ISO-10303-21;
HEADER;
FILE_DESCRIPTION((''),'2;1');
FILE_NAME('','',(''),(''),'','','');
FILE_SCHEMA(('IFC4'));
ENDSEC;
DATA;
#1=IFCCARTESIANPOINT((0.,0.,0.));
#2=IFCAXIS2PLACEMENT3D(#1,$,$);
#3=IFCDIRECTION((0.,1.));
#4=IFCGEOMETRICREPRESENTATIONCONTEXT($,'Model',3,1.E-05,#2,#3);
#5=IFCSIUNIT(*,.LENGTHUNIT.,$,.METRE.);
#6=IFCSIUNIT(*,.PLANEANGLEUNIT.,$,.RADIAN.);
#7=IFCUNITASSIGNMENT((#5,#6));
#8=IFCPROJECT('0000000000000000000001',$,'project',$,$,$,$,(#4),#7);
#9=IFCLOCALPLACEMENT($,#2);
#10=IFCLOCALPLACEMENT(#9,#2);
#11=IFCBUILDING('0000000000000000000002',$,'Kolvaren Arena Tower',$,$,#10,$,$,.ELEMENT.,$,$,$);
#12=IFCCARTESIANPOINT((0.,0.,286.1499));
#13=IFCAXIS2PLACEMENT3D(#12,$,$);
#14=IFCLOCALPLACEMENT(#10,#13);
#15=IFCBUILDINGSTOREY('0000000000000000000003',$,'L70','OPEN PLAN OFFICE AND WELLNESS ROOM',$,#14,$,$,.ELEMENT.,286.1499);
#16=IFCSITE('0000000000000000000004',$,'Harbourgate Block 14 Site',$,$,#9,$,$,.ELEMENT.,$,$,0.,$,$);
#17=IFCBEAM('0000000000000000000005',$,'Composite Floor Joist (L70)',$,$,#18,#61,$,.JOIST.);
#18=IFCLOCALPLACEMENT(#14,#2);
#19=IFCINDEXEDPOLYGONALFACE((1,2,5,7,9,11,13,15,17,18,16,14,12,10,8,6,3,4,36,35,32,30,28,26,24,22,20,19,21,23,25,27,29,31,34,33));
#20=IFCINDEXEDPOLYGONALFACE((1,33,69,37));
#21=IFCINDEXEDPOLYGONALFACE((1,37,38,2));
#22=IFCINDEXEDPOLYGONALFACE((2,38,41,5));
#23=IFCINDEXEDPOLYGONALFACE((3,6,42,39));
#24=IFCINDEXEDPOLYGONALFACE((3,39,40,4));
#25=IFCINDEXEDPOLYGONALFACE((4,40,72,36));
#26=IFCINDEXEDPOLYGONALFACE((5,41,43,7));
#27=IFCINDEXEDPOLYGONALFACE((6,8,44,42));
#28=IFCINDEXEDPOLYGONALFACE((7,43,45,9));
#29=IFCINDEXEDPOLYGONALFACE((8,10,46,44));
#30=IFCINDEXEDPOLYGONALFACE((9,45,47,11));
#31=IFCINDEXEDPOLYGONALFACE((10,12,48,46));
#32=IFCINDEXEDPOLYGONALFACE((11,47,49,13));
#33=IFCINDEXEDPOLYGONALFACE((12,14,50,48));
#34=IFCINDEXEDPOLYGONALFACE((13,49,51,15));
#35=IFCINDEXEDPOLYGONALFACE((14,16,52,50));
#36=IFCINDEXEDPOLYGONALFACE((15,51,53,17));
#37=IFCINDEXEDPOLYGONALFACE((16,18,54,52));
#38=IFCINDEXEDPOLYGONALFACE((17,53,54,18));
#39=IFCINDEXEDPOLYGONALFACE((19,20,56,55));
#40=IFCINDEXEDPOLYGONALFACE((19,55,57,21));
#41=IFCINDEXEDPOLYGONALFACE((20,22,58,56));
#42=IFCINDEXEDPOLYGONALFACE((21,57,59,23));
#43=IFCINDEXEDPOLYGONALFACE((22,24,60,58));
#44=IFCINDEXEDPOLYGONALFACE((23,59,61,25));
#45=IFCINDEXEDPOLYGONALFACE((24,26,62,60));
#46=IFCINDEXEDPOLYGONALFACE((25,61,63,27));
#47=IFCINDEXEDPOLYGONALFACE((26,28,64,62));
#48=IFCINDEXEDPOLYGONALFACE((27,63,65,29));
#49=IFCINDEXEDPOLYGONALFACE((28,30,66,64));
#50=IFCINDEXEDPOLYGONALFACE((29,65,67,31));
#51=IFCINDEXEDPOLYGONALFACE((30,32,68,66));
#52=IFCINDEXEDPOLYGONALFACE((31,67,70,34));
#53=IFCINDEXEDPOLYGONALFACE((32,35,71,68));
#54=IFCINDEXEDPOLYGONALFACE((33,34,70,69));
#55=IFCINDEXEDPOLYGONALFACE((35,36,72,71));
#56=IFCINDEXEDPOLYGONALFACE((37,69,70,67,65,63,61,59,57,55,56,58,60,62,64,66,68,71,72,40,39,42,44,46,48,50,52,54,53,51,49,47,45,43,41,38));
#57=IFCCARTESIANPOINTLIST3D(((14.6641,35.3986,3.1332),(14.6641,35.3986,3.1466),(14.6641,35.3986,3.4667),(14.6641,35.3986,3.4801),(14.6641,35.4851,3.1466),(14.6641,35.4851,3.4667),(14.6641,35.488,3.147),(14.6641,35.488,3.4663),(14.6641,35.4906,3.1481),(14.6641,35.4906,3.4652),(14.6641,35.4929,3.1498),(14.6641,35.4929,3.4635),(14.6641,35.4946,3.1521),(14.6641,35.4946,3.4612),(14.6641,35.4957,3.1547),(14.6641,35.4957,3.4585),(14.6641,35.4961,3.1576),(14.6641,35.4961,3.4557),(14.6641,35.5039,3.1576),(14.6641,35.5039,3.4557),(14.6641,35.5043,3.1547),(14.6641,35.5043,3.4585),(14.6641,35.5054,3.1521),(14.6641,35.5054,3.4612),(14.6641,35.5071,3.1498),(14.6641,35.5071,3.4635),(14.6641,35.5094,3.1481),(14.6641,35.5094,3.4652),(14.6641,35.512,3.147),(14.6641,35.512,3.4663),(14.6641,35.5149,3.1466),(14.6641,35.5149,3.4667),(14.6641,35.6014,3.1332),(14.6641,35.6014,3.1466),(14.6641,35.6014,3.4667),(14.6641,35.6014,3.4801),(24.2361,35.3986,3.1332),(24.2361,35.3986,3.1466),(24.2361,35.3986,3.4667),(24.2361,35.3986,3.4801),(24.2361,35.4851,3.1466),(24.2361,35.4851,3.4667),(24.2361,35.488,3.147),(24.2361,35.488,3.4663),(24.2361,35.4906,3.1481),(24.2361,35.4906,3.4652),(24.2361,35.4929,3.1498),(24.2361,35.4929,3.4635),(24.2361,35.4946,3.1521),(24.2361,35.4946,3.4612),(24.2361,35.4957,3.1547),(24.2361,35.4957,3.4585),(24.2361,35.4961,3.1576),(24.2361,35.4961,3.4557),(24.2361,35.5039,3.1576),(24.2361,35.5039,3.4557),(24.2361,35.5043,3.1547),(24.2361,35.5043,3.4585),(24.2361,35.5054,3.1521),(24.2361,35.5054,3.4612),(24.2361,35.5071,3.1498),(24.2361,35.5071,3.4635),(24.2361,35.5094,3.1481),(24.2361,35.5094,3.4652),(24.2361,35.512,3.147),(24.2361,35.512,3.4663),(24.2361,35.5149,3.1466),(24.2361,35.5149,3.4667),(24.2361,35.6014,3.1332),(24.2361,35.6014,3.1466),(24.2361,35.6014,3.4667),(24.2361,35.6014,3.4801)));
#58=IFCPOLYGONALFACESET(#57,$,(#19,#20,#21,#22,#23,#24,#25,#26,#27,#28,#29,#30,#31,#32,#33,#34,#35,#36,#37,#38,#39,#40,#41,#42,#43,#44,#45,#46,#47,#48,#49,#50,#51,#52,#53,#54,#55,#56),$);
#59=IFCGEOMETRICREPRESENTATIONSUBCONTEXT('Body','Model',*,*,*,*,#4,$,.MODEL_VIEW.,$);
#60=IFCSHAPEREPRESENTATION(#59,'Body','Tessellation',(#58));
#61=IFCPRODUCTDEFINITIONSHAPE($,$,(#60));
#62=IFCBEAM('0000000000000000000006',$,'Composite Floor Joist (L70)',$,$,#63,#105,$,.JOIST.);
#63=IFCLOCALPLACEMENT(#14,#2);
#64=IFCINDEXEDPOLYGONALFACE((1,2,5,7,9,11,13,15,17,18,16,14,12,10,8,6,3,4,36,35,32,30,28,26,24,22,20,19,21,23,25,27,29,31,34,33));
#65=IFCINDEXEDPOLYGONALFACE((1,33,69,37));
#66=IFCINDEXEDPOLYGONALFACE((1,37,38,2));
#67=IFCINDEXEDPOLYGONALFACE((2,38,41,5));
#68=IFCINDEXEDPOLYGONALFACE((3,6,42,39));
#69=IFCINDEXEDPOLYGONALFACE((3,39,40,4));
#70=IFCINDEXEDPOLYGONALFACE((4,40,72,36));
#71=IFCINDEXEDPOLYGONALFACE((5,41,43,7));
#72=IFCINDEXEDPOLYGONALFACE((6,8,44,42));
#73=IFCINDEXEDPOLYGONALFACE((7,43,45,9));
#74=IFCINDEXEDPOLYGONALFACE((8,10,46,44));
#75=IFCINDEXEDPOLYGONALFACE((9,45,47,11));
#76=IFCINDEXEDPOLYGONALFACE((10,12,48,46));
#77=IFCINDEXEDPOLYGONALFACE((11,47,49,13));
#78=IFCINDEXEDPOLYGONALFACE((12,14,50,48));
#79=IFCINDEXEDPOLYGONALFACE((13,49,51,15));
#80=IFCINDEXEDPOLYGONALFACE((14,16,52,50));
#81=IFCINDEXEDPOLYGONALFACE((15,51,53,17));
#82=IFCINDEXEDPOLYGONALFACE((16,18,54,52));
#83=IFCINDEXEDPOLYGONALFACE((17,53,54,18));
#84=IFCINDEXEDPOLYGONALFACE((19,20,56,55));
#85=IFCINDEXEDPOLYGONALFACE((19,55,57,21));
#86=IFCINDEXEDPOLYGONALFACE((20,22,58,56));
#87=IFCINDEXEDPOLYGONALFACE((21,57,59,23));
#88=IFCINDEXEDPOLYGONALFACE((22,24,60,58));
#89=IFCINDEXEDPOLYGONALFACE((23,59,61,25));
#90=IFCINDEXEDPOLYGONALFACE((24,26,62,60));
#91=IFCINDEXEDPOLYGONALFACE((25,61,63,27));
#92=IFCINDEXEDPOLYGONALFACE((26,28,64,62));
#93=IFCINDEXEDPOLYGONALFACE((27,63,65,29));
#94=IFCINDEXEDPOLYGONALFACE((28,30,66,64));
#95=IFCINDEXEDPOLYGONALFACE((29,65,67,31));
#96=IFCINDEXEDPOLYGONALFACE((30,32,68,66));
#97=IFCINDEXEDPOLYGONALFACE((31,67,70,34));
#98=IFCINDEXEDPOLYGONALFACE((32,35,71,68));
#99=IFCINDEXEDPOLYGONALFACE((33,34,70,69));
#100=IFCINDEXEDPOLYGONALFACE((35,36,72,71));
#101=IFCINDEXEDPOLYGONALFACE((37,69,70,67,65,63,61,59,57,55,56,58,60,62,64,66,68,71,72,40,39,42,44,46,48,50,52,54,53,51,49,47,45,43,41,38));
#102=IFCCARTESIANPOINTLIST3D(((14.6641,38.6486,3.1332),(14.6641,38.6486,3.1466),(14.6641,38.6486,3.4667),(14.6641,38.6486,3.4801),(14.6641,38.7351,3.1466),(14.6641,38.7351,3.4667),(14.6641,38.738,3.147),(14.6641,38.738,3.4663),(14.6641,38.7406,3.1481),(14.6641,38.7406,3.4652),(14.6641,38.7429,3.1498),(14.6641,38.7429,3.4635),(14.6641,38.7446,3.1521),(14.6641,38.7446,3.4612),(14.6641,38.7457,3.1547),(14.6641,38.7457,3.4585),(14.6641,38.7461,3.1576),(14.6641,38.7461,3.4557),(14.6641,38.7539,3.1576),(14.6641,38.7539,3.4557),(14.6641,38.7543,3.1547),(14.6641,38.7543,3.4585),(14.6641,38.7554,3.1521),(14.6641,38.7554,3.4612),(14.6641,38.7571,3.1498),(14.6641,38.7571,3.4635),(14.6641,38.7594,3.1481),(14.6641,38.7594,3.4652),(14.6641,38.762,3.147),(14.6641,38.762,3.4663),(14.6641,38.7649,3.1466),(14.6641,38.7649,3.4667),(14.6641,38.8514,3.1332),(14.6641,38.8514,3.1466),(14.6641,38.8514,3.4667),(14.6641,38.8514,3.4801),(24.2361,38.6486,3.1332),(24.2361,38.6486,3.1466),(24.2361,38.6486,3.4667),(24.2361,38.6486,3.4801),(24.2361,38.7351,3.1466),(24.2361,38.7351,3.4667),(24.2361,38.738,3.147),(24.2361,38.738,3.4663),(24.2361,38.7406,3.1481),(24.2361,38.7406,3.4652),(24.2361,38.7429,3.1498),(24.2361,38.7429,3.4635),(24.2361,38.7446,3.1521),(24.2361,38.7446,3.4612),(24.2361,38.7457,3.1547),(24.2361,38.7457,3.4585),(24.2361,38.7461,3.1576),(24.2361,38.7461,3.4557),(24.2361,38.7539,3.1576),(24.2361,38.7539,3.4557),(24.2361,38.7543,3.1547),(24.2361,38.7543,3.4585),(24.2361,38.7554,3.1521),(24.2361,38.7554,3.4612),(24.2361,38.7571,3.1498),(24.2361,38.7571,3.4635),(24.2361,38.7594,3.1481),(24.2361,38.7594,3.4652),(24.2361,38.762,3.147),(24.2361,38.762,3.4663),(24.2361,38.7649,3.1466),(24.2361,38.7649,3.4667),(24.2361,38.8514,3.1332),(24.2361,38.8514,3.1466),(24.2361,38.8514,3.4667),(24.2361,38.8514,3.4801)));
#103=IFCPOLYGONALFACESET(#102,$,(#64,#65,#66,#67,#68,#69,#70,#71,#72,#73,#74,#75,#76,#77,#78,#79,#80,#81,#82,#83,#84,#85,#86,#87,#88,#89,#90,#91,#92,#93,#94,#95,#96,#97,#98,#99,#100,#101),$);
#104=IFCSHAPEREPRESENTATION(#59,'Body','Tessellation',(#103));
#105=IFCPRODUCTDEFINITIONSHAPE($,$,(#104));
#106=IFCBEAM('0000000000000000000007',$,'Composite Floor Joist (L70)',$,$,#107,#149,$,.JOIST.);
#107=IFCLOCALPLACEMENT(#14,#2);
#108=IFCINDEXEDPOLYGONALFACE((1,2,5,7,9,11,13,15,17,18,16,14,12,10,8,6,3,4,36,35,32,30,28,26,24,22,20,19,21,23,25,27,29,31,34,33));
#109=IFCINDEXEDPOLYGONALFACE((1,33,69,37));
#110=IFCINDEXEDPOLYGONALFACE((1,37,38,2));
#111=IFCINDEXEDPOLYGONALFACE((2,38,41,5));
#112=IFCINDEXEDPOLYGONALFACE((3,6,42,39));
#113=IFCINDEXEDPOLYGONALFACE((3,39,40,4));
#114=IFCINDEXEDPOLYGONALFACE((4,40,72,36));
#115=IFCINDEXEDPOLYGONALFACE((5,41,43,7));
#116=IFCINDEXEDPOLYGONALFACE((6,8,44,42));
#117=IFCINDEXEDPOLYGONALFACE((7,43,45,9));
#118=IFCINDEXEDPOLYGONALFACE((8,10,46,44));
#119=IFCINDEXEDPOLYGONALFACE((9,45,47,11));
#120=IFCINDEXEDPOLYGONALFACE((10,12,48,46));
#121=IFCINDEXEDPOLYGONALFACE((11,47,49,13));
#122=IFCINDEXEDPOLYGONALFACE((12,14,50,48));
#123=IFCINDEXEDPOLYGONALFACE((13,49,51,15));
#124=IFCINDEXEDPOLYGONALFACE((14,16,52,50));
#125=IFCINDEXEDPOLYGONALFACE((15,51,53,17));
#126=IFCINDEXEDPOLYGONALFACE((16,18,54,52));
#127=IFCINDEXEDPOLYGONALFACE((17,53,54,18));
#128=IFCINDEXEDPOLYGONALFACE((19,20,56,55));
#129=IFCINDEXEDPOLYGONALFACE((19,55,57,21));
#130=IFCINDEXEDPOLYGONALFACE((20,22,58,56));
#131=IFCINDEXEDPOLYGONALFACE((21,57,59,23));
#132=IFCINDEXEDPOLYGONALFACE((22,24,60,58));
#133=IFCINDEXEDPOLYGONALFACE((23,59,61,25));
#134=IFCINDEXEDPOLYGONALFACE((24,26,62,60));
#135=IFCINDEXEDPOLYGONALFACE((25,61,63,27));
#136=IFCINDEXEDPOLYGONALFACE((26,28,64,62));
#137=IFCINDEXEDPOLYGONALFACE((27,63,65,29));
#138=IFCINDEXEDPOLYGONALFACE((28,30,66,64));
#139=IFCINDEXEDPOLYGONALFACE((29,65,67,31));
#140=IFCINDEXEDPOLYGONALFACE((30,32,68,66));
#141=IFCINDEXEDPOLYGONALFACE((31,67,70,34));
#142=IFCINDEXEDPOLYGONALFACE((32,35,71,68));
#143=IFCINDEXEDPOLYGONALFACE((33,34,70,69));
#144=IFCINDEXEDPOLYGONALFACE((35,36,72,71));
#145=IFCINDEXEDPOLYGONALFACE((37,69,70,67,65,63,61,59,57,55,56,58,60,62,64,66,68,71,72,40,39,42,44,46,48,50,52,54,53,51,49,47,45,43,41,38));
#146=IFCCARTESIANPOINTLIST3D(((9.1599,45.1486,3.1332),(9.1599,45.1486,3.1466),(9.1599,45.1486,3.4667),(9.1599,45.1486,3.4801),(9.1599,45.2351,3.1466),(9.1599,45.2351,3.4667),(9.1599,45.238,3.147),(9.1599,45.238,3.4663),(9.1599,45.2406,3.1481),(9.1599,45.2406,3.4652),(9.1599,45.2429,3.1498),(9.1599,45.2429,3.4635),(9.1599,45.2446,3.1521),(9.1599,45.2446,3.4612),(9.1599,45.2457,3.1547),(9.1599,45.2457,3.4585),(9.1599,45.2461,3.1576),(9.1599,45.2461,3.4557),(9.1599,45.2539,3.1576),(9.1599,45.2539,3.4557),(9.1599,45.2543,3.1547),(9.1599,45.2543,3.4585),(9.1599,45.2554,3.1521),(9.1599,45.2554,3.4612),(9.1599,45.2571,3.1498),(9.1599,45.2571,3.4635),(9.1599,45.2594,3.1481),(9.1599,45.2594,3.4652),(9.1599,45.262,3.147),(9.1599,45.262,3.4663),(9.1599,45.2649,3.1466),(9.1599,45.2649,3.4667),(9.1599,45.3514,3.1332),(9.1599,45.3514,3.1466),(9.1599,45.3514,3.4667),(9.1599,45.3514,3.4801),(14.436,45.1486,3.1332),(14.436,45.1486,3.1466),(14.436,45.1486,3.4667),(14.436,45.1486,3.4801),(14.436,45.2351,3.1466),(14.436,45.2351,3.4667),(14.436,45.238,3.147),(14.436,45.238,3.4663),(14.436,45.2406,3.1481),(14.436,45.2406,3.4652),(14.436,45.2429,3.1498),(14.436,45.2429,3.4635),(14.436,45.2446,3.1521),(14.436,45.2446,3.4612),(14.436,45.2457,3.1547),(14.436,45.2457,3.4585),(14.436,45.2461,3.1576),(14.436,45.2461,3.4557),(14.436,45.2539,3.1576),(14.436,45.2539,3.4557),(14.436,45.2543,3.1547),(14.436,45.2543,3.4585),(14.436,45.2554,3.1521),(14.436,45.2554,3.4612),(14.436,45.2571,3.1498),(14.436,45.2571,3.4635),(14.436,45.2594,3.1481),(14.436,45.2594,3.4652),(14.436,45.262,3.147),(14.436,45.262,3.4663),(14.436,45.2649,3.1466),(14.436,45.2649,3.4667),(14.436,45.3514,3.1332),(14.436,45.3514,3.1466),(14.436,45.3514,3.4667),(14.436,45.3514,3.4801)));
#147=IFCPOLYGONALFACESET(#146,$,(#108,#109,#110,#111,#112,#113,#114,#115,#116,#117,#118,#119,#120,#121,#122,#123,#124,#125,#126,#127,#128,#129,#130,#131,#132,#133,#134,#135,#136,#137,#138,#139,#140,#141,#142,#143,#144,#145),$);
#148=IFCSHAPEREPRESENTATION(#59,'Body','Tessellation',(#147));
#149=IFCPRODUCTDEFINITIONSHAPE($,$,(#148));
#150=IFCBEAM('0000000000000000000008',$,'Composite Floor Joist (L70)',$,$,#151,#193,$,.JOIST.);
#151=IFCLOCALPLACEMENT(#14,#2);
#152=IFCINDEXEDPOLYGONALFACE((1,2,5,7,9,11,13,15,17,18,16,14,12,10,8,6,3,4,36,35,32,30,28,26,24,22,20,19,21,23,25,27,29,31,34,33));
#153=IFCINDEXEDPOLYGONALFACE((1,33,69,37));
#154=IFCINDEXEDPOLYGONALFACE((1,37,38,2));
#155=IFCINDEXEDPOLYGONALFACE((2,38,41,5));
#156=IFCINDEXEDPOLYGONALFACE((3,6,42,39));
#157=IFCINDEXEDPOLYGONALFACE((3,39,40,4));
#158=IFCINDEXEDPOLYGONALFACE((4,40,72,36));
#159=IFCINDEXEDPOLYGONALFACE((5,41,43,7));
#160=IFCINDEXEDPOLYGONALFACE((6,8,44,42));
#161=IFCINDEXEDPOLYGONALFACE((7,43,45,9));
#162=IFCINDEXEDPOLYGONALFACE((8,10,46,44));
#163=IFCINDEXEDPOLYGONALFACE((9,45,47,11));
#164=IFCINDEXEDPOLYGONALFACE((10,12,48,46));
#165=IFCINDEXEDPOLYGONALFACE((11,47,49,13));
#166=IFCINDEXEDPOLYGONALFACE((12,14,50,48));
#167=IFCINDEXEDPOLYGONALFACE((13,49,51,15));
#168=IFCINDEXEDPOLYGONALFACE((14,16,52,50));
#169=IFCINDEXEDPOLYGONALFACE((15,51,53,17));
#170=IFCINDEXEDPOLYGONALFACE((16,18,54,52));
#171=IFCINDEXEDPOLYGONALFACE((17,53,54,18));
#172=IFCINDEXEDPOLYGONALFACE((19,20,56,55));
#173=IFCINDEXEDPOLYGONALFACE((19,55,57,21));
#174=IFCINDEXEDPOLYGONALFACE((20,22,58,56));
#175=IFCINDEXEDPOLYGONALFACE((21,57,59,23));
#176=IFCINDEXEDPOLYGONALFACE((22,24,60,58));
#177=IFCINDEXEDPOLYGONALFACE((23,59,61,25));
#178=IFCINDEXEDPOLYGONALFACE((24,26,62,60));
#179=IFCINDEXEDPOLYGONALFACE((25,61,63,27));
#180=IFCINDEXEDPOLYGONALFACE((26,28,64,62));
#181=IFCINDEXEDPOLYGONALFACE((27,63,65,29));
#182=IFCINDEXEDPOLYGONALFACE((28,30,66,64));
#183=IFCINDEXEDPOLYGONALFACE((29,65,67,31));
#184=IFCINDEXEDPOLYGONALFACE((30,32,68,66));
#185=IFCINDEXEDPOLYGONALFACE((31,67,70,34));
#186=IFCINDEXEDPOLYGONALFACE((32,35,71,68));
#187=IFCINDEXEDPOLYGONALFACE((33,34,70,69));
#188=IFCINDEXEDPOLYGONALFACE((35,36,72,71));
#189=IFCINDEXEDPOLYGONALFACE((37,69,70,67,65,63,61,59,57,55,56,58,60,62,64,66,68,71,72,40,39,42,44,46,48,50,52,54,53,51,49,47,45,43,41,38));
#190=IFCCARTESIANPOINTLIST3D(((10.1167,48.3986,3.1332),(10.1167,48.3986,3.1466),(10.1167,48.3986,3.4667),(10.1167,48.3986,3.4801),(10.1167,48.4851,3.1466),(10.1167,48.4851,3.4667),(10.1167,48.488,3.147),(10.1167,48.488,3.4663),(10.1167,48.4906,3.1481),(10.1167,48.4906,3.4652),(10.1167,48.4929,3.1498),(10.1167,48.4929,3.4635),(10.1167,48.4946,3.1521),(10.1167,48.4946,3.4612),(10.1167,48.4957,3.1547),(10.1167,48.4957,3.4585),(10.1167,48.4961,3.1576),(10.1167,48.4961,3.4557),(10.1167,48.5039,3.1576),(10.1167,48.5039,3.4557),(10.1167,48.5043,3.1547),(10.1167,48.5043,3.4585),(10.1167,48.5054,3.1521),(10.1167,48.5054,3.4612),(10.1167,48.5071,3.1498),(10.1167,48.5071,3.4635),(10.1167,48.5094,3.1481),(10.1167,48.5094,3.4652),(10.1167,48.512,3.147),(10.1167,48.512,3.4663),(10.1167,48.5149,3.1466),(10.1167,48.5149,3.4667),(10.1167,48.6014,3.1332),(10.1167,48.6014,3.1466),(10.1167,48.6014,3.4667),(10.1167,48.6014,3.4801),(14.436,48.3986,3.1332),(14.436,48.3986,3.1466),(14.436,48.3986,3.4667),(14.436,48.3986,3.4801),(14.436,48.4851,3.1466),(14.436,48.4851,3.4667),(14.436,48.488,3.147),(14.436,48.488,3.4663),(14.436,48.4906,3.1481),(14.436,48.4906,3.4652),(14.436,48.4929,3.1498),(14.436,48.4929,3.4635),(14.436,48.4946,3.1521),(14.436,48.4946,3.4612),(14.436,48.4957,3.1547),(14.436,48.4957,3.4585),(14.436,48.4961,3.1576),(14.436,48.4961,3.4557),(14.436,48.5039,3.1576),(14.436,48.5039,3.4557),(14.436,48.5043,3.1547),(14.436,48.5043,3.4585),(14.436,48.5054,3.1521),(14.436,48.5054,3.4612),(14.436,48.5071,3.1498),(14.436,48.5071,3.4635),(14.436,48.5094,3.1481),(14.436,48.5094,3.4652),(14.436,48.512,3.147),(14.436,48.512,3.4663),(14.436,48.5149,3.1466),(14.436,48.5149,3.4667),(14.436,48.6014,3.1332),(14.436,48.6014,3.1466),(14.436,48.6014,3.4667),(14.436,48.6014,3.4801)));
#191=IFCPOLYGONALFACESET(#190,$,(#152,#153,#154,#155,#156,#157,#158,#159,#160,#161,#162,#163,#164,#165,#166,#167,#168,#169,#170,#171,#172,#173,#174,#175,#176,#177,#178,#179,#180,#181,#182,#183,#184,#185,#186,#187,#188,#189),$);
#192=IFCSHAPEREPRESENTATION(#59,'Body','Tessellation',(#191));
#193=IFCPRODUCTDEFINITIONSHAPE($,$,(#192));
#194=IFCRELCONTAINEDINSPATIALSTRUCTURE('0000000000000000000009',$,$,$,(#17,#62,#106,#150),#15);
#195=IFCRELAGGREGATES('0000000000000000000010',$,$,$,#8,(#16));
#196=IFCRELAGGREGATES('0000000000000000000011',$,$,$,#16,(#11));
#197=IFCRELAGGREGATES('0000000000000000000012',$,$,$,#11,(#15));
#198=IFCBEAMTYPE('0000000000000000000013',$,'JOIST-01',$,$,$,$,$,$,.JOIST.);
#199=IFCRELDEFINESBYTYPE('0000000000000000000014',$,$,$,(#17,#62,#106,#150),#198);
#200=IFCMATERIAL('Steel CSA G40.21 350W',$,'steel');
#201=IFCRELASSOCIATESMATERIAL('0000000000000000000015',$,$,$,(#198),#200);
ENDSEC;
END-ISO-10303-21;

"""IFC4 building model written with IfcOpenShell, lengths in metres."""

from ifc_helpers import new_model, si_unit, direction, frame, origin, origin_2d, place, context, subcontext, project, spatial, i_section, extrude, material, material_profile, profile_set, type_object, element, save


model = new_model("IFC4")

# Units and contexts
model_context = context("Model", 3, precision=1e-05, world=origin(), true_north=direction((0.0, 1.0)))
body_context = subcontext(model_context, "Body", "Model", "MODEL_VIEW")
ifc_project = project(units=[si_unit("LENGTHUNIT", "METRE"), si_unit("PLANEANGLEUNIT", "RADIAN")], contexts=[model_context])

# Site, building, storey
site_placement = place(None, origin())
site = spatial("IfcSite", under=ifc_project, at=site_placement, Name="Harbourgate Block 14 Site", CompositionType="ELEMENT", RefElevation=0.0)
building_placement = place(site_placement, origin())
building = spatial("IfcBuilding", under=site, at=building_placement, Name="Kolvaren Arena Tower", CompositionType="ELEMENT")
storey_placement = place(building_placement, frame((0.0, 0.0, 286.1499)))
storey = spatial("IfcBuildingStorey", under=building, at=storey_placement, Name="L70", Description="OPEN PLAN OFFICE AND WELLNESS ROOM", CompositionType="ELEMENT", Elevation=286.1499)

# Beams
ifc_material_1 = material(Name="Steel CSA G40.21 350W", Category="steel")
ifc_material_profile_1 = material_profile(ifc_material_1, i_section(OverallWidth=0.2029, OverallDepth=0.3469, WebThickness=0.0078, FlangeThickness=0.0134, FilletRadius=0.011, at=origin_2d()), Name="W360x64")
ifc_profile_set_1 = profile_set([ifc_material_profile_1], Name="Steel CSA G40.21 350W")
beam_type_1 = type_object("IfcBeamType", Name="JOIST-01", PredefinedType="JOIST", material=ifc_profile_set_1)
for number, where, z_axis, x_axis, name in (
    (1, (14.6641, 35.5, 3.3066), (1.0, 0.0, 0.0), (0.0, 1.0, 0.0), "Composite Floor Joist (L70)"),
    (2, (14.6641, 38.75, 3.3066), (1.0, 0.0, 0.0), (0.0, 1.0, 0.0), "Composite Floor Joist (L70)"),
):
    element("IfcBeam", number, at=place(storey_placement, frame(where, z_axis=z_axis, x_axis=x_axis)), inside=storey, type_object=beam_type_1, Name=name, PredefinedType="JOIST", context=body_context, shape_type="SweptSolid", body=[
        extrude(i_section(OverallWidth=0.2029, OverallDepth=0.3469, WebThickness=0.0078, FlangeThickness=0.0134, FilletRadius=0.011, at=origin_2d()), origin(), (0.0, 0.0, 1.0), 9.572),
    ])
beam_1_placement = place(storey_placement, frame((9.1599, 45.25, 3.3066), z_axis=(1.0, 0.0, 0.0), x_axis=(0.0, 1.0, 0.0)))
element("IfcBeam", 3, at=beam_1_placement, inside=storey, type_object=beam_type_1, Name="Composite Floor Joist (L70)", PredefinedType="JOIST", context=body_context, shape_type="SweptSolid", body=[
    extrude(i_section(OverallWidth=0.2029, OverallDepth=0.3469, WebThickness=0.0078, FlangeThickness=0.0134, FilletRadius=0.011, at=origin_2d()), origin(), (0.0, 0.0, 1.0), 5.2761),
])
beam_2_placement = place(storey_placement, frame((10.1167, 48.5, 3.3066), z_axis=(1.0, 0.0, 0.0), x_axis=(0.0, 1.0, 0.0)))
element("IfcBeam", 4, at=beam_2_placement, inside=storey, type_object=beam_type_1, Name="Composite Floor Joist (L70)", PredefinedType="JOIST", context=body_context, shape_type="SweptSolid", body=[
    extrude(i_section(OverallWidth=0.2029, OverallDepth=0.3469, WebThickness=0.0078, FlangeThickness=0.0134, FilletRadius=0.011, at=origin_2d()), origin(), (0.0, 0.0, 1.0), 4.3193),
])

save(model, "model.ifc")
